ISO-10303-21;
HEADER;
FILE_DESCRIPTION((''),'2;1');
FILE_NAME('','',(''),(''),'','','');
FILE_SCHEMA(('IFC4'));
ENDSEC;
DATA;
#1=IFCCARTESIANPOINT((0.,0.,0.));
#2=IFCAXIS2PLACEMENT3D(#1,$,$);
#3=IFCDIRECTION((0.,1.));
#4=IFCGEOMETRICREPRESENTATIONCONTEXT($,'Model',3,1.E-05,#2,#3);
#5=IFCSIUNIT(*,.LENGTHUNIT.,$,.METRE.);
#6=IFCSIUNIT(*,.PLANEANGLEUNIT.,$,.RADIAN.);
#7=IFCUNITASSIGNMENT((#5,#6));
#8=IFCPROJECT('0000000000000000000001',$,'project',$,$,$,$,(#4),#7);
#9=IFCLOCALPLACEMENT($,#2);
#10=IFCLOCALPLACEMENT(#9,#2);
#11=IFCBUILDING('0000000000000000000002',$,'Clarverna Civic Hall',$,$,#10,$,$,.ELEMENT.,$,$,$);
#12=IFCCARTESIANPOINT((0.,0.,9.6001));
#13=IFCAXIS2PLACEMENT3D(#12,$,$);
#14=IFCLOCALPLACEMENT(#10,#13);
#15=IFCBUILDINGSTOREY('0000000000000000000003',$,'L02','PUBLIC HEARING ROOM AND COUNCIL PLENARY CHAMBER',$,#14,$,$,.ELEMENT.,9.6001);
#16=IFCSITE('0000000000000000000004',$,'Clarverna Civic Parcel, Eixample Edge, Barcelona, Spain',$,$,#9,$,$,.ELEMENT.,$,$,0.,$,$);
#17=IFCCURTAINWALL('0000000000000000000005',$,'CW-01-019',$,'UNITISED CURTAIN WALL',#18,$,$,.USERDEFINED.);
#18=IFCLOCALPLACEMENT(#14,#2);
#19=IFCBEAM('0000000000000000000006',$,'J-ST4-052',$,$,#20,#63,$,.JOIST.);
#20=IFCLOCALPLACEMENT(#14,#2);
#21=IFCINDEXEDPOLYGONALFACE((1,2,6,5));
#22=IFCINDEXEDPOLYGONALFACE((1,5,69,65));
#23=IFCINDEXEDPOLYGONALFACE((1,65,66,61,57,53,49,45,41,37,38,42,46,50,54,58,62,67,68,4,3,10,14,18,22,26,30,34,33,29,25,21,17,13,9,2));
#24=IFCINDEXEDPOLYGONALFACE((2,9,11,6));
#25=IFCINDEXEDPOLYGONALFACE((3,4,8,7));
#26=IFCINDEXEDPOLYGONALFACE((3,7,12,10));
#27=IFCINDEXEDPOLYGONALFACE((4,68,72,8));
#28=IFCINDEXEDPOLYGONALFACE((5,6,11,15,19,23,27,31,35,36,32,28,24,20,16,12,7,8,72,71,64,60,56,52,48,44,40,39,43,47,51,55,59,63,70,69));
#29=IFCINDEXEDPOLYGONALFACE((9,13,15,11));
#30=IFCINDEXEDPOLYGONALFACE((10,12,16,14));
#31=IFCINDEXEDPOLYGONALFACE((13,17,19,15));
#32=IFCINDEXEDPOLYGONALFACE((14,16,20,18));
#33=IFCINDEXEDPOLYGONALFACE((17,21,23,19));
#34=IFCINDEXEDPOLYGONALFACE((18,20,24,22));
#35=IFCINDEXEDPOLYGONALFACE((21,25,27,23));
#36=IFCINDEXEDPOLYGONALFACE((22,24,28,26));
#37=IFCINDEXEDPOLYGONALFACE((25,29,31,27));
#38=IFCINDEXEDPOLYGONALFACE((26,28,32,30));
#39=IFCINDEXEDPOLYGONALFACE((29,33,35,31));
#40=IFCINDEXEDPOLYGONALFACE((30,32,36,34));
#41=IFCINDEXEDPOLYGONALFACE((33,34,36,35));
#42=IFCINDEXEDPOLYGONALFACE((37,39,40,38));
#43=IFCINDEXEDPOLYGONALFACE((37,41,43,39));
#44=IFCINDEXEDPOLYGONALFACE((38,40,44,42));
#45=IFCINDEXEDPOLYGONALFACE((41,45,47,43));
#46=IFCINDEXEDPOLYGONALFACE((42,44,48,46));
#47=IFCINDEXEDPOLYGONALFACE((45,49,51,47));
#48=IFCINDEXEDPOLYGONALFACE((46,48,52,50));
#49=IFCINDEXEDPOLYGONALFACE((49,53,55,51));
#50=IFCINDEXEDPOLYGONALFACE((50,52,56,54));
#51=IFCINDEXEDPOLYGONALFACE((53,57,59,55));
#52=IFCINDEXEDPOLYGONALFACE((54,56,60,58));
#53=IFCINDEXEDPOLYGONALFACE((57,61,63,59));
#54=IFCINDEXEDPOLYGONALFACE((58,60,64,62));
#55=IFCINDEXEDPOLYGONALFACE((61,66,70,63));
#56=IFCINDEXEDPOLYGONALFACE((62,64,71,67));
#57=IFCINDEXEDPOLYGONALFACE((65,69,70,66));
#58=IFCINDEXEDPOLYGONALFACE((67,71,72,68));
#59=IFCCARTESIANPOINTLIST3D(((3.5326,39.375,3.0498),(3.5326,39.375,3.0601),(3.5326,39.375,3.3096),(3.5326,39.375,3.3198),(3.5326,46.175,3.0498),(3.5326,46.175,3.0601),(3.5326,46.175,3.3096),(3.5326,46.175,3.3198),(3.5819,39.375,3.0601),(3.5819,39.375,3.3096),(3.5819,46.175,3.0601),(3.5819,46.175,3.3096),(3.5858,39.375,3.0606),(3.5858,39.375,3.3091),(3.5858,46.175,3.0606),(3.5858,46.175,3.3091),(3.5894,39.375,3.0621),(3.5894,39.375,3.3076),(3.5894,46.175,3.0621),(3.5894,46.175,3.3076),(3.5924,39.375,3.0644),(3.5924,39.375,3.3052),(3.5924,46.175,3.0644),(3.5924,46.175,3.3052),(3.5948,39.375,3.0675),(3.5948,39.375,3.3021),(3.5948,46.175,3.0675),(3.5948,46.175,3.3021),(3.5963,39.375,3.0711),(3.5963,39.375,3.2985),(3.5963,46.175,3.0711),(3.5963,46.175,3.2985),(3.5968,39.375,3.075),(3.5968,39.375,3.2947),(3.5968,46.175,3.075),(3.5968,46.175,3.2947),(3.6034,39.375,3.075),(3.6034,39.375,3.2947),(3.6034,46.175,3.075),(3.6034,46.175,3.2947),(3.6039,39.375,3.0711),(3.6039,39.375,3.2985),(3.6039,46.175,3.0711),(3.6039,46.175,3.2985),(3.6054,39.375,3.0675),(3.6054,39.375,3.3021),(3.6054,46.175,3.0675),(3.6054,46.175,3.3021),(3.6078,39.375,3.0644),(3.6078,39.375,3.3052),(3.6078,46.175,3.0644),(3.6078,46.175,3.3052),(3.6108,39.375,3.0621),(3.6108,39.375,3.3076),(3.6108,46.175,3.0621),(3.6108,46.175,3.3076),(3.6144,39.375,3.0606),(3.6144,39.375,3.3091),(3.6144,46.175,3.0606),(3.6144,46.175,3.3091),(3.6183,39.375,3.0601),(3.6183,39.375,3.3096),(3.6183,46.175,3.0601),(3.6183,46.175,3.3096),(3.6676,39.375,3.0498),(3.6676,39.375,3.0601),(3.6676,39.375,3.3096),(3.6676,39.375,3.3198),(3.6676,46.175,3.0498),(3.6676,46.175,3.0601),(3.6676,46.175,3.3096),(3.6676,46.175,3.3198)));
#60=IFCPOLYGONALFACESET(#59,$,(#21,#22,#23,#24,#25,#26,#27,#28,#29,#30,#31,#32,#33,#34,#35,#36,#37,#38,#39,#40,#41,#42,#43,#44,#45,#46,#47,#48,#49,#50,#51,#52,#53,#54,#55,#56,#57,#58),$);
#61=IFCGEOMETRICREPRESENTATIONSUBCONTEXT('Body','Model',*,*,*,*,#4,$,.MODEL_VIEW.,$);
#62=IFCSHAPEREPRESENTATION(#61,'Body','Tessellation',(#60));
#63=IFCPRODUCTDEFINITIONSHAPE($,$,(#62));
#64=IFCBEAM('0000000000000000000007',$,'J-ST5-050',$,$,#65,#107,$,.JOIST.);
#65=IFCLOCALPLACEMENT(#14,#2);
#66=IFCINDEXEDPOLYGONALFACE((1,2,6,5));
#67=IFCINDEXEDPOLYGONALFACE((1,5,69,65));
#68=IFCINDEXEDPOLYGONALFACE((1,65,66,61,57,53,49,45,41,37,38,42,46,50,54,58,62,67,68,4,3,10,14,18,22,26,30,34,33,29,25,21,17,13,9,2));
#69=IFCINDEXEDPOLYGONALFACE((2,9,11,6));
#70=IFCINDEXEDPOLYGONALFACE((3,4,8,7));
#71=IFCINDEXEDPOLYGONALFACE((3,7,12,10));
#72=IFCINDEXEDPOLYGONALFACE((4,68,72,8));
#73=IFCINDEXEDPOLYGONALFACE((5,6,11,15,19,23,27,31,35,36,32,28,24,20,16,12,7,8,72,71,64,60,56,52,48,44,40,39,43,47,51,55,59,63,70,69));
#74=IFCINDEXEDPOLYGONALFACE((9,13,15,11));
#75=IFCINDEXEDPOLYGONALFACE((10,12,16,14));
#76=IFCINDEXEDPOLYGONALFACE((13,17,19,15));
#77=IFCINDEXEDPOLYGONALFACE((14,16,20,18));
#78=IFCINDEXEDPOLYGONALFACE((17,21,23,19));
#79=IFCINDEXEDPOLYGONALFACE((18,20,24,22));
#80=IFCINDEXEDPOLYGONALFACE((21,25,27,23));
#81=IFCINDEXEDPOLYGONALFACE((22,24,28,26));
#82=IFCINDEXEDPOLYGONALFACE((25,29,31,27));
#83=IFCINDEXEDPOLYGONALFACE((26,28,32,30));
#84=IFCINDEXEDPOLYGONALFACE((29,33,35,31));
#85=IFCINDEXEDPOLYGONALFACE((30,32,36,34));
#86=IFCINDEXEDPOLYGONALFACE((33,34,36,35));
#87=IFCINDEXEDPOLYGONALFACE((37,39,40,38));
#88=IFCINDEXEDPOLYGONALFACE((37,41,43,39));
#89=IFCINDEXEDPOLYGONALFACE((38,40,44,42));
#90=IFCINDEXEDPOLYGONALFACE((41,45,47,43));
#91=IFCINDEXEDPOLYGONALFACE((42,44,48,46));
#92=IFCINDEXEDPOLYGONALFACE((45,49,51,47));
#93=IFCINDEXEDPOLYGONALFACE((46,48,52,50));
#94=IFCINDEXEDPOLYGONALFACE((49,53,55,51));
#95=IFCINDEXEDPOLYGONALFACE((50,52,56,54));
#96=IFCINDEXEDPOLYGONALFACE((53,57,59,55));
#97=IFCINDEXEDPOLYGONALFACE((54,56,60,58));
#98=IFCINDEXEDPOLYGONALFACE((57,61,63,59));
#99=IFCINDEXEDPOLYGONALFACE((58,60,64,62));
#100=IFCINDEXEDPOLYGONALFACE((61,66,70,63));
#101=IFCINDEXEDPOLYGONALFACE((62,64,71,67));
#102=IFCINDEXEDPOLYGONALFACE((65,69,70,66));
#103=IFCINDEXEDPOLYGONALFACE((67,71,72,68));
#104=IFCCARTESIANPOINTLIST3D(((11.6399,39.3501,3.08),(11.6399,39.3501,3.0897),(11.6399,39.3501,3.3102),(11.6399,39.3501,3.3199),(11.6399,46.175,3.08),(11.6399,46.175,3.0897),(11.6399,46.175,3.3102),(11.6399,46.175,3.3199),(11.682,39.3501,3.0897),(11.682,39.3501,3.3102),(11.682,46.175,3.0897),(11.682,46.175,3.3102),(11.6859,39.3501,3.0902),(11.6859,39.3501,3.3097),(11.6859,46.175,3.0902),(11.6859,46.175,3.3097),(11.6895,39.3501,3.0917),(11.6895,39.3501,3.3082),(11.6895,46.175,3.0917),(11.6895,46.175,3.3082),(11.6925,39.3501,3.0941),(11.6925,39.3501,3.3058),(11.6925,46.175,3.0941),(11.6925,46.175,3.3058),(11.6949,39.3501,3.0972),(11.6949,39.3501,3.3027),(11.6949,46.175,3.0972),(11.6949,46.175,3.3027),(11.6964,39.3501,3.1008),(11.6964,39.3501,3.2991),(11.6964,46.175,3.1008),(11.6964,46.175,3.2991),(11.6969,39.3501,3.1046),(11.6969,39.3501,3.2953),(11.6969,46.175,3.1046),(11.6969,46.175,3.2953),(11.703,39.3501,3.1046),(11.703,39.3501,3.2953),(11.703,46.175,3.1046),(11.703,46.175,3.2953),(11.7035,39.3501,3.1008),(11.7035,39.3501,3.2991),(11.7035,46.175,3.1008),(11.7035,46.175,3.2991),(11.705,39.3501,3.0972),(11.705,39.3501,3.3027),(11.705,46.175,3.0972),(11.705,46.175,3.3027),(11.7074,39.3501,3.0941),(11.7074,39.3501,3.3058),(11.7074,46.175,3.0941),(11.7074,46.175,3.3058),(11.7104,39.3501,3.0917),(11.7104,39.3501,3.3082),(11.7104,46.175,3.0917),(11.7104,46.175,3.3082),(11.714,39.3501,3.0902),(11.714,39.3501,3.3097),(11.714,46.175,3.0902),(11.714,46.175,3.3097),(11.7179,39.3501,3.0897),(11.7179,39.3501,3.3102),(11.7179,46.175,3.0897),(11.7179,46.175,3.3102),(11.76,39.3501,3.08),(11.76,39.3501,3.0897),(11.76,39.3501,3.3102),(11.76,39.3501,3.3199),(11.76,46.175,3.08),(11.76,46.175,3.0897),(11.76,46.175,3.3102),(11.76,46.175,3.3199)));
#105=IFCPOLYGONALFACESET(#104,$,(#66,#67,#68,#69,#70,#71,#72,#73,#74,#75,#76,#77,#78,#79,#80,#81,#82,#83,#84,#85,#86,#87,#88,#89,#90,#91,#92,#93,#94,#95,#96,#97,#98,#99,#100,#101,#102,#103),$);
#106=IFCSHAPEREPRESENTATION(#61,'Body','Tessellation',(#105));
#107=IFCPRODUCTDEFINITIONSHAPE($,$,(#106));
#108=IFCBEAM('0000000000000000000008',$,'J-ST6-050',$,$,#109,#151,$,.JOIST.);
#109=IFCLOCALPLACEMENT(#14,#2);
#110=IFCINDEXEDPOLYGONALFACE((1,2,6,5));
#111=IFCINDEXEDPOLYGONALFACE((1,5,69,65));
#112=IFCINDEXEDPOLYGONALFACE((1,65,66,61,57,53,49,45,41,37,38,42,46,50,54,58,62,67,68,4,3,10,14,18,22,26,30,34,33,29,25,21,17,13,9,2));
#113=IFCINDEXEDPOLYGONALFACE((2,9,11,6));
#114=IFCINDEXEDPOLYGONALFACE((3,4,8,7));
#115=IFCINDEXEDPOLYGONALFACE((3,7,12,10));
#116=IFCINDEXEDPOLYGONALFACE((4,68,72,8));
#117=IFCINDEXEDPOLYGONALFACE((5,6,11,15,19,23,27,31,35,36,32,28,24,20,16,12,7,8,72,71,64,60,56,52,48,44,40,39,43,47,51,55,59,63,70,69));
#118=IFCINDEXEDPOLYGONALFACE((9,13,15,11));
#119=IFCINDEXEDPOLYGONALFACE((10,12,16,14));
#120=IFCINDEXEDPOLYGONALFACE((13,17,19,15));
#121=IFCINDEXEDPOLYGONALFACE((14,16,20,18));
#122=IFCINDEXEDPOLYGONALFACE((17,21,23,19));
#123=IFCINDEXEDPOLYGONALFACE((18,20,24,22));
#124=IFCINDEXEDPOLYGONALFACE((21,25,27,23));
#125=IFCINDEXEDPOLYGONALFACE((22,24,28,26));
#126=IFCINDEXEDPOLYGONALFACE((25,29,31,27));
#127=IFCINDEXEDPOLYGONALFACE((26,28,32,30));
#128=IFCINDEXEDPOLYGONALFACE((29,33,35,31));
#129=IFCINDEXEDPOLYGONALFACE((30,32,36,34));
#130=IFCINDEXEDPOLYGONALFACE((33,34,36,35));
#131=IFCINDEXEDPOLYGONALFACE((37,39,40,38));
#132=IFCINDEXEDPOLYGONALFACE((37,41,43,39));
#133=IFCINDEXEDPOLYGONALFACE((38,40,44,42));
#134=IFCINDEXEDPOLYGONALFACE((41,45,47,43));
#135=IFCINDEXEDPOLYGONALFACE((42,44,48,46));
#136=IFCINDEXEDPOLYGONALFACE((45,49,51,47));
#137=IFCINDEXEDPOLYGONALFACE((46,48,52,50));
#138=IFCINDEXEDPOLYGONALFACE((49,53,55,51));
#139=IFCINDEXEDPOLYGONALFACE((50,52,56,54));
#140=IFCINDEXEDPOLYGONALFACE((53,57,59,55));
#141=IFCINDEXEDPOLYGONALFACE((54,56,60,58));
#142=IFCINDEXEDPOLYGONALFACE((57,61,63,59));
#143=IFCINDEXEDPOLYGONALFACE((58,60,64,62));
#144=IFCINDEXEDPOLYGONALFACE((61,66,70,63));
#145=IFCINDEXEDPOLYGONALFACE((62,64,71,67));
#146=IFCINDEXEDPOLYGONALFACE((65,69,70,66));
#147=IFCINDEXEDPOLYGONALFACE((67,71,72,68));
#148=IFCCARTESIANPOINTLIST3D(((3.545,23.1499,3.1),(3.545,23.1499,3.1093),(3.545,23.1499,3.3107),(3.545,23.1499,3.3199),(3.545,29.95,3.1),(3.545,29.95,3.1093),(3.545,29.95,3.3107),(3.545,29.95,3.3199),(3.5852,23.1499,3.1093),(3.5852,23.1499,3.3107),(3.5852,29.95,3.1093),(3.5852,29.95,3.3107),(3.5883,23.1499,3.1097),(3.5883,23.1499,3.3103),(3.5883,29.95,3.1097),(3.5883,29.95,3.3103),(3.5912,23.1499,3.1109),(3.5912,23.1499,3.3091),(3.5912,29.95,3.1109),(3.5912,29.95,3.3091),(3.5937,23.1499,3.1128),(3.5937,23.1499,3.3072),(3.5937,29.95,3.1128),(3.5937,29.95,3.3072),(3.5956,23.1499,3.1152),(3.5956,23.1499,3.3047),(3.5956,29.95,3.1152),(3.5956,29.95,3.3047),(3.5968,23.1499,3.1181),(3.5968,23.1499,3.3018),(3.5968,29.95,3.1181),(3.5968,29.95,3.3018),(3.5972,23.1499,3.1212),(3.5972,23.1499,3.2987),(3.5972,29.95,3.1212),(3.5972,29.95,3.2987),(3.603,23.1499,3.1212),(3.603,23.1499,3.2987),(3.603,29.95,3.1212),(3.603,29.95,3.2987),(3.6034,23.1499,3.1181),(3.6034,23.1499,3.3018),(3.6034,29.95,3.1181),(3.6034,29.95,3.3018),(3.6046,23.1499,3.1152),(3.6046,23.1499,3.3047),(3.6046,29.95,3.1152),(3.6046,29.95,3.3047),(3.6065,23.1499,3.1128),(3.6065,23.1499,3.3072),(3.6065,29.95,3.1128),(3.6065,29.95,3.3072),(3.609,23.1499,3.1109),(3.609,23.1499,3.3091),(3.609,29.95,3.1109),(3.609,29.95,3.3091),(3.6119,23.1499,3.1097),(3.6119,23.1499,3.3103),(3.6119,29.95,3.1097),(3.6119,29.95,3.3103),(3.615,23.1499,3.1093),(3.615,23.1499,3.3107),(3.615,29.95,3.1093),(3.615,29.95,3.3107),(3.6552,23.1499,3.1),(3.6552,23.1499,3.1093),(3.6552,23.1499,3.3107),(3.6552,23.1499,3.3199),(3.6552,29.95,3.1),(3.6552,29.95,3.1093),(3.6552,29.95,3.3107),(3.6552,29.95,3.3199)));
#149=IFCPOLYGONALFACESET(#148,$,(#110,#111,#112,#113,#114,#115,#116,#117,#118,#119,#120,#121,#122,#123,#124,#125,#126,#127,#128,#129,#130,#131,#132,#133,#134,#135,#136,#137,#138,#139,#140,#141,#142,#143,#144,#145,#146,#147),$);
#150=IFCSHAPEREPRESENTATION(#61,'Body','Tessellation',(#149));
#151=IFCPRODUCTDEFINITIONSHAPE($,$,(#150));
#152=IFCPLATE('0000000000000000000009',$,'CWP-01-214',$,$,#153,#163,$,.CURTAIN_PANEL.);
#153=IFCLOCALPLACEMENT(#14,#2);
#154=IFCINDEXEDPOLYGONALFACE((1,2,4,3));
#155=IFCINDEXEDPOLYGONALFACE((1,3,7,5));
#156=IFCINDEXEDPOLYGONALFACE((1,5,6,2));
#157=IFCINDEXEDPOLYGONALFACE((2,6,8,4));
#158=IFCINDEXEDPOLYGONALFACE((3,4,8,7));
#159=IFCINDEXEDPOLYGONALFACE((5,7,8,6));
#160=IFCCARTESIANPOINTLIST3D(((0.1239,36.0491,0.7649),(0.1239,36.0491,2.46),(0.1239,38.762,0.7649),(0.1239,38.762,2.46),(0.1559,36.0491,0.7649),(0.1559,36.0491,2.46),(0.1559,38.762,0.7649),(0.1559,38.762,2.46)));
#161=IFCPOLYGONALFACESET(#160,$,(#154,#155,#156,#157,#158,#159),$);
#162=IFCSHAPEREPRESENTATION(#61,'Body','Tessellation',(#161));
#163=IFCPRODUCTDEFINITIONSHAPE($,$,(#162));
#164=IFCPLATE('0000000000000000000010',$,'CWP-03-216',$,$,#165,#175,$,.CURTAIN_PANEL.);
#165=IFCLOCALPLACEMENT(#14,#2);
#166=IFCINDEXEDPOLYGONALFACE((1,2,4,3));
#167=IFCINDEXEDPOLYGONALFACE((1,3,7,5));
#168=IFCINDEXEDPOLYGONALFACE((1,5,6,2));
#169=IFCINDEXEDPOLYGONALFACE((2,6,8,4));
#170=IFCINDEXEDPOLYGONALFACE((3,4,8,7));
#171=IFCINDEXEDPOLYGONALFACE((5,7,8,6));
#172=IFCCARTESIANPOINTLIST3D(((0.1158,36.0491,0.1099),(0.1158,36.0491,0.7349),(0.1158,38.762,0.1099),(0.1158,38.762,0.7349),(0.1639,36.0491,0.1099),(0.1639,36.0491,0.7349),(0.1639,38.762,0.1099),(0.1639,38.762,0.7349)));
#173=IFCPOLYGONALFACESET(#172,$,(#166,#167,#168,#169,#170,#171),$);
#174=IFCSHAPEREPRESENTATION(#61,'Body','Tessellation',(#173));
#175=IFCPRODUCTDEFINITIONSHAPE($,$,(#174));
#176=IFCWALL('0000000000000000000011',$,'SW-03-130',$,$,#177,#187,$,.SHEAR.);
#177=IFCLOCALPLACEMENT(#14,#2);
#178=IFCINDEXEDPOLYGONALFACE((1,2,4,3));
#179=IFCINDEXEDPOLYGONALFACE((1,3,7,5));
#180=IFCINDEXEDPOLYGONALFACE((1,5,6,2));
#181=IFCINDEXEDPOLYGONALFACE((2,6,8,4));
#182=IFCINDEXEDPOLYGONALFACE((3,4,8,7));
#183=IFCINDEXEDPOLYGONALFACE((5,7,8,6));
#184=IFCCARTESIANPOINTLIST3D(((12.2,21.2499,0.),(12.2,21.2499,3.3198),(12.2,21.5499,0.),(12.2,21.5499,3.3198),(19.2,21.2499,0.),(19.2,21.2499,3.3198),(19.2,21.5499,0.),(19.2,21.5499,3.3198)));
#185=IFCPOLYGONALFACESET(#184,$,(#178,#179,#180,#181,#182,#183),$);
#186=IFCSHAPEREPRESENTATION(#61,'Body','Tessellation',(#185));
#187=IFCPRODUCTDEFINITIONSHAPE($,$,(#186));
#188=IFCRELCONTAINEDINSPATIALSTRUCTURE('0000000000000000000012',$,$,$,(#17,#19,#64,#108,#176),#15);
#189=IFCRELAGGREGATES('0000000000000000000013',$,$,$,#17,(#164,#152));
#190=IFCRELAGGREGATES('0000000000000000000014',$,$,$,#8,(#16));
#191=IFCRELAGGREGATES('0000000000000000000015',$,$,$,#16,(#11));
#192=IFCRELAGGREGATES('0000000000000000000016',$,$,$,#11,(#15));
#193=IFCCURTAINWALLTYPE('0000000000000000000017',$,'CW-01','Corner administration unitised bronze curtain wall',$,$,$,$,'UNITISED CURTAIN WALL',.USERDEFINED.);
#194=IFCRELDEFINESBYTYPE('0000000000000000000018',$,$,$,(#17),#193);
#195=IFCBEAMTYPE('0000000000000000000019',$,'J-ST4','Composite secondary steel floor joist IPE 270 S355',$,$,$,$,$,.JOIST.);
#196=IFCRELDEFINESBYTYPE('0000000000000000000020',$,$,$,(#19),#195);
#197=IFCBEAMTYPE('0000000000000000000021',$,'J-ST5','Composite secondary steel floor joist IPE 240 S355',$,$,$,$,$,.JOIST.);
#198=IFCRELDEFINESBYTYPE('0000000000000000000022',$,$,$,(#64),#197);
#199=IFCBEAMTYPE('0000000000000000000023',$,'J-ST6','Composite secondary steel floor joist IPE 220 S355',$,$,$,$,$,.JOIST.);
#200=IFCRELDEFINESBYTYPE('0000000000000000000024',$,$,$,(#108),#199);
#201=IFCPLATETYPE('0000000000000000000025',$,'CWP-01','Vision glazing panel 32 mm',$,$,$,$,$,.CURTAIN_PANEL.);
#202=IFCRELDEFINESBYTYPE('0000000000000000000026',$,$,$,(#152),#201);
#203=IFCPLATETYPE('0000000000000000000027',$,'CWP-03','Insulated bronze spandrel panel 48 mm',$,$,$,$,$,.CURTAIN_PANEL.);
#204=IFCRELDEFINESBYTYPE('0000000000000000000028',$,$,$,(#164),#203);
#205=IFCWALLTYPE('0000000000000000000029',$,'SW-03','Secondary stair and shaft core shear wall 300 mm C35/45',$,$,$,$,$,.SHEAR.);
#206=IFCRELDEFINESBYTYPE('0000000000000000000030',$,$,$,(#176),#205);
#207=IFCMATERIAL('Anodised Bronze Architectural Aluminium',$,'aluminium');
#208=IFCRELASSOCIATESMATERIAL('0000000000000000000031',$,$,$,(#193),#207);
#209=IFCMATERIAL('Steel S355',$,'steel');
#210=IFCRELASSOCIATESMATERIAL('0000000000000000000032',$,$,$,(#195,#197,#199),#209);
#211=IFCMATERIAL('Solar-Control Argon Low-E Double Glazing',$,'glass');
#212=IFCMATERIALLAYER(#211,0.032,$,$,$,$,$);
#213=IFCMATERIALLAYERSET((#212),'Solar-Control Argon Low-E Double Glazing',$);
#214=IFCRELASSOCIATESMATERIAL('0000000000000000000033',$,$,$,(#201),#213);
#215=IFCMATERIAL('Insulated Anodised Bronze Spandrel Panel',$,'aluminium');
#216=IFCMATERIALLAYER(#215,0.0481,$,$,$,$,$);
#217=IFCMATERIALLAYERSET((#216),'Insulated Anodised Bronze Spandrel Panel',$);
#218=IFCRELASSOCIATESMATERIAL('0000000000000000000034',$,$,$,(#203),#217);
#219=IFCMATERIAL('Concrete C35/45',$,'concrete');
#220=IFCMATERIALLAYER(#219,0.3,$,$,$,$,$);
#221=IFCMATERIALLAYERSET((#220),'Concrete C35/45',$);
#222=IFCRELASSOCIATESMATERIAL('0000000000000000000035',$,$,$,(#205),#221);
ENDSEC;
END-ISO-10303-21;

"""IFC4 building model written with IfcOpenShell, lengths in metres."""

from ifc_helpers import new_model, si_unit, direction, frame, frame_2d, origin, origin_2d, place, context, subcontext, project, spatial, rectangle, i_section, extrude, material, layer, layer_set, material_profile, profile_set, type_object, element, aggregate, save


model = new_model("IFC4")

# Units and contexts
model_context = context("Model", 3, precision=1e-05, world=origin(), true_north=direction((0.0, 1.0)))
body_context = subcontext(model_context, "Body", "Model", "MODEL_VIEW")
ifc_project = project(units=[si_unit("LENGTHUNIT", "METRE"), si_unit("PLANEANGLEUNIT", "RADIAN")], contexts=[model_context])

# Site, building, storey
site_placement = place(None, origin())
site = spatial("IfcSite", under=ifc_project, at=site_placement, Name="Clarverna Civic Parcel, Eixample Edge, Barcelona, Spain", CompositionType="ELEMENT", RefElevation=0.0)
building_placement = place(site_placement, origin())
building = spatial("IfcBuilding", under=site, at=building_placement, Name="Clarverna Civic Hall", CompositionType="ELEMENT")
storey_placement = place(building_placement, frame((0.0, 0.0, 9.6001)))
storey = spatial("IfcBuildingStorey", under=building, at=storey_placement, Name="L02", Description="PUBLIC HEARING ROOM AND COUNCIL PLENARY CHAMBER", CompositionType="ELEMENT", Elevation=9.6001)

# Shared definitions
ifc_material_1 = material(Name="Concrete C35/45", Category="concrete")

# Shared definitions
ifc_material_2 = material(Name="Steel S355", Category="steel")

# Curtain wall
ifc_material_3 = material(Name="Anodised Bronze Architectural Aluminium", Category="aluminium")
curtain_wall_type = type_object("IfcCurtainWallType", Name="CW-01", Description="Corner administration unitised bronze curtain wall", ElementType="UNITISED CURTAIN WALL", PredefinedType="USERDEFINED", material=ifc_material_3)
curtain_wall_1_placement = place(storey_placement, origin())
curtain_wall_1 = element("IfcCurtainWall", 1, at=curtain_wall_1_placement, inside=storey, type_object=curtain_wall_type, Name="CW-01-019", ObjectType="UNITISED CURTAIN WALL", PredefinedType="USERDEFINED")

# Beams
ifc_material_profile_1 = material_profile(ifc_material_2, i_section(OverallWidth=0.135, OverallDepth=0.27, WebThickness=0.0066, FlangeThickness=0.0103, FilletRadius=0.0149, at=origin_2d()), Name="IPE 270")
ifc_profile_set_1 = profile_set([ifc_material_profile_1], Name="Steel S355")
beam_type_1 = type_object("IfcBeamType", Name="J-ST4", Description="Composite secondary steel floor joist IPE 270 S355", PredefinedType="JOIST", material=ifc_profile_set_1)
beam_1_placement = place(storey_placement, frame((3.6001, 39.375, 3.1848), z_axis=(0.0, 1.0, 0.0), x_axis=(-1.0, 0.0, 0.0)))
element("IfcBeam", 2, at=beam_1_placement, inside=storey, type_object=beam_type_1, Name="J-ST4-052", PredefinedType="JOIST", context=body_context, shape_type="SweptSolid", body=[
    extrude(i_section(OverallWidth=0.135, OverallDepth=0.27, WebThickness=0.0066, FlangeThickness=0.0103, FilletRadius=0.0149, at=origin_2d()), origin(), (0.0, 0.0, 1.0), 6.8),
])
ifc_material_profile_2 = material_profile(ifc_material_2, i_section(OverallWidth=0.1201, OverallDepth=0.24, WebThickness=0.0061, FlangeThickness=0.0098, FilletRadius=0.0149, at=origin_2d()), Name="IPE 240")
ifc_profile_set_2 = profile_set([ifc_material_profile_2], Name="Steel S355")
beam_type_2 = type_object("IfcBeamType", Name="J-ST5", Description="Composite secondary steel floor joist IPE 240 S355", PredefinedType="JOIST", material=ifc_profile_set_2)
beam_2_placement = place(storey_placement, frame((11.7, 39.3501, 3.2), z_axis=(0.0, 1.0, 0.0), x_axis=(-1.0, 0.0, 0.0)))
element("IfcBeam", 3, at=beam_2_placement, inside=storey, type_object=beam_type_2, Name="J-ST5-050", PredefinedType="JOIST", context=body_context, shape_type="SweptSolid", body=[
    extrude(i_section(OverallWidth=0.1201, OverallDepth=0.24, WebThickness=0.0061, FlangeThickness=0.0098, FilletRadius=0.0149, at=origin_2d()), origin(), (0.0, 0.0, 1.0), 6.825),
])
ifc_material_profile_3 = material_profile(ifc_material_2, i_section(OverallWidth=0.1101, OverallDepth=0.22, WebThickness=0.0059, FlangeThickness=0.0093, FilletRadius=0.012, at=origin_2d()), Name="IPE 220")
ifc_profile_set_3 = profile_set([ifc_material_profile_3], Name="Steel S355")
beam_type_3 = type_object("IfcBeamType", Name="J-ST6", Description="Composite secondary steel floor joist IPE 220 S355", PredefinedType="JOIST", material=ifc_profile_set_3)
beam_3_placement = place(storey_placement, frame((3.6001, 23.1499, 3.21), z_axis=(0.0, 1.0, 0.0), x_axis=(-1.0, 0.0, 0.0)))
element("IfcBeam", 4, at=beam_3_placement, inside=storey, type_object=beam_type_3, Name="J-ST6-050", PredefinedType="JOIST", context=body_context, shape_type="SweptSolid", body=[
    extrude(i_section(OverallWidth=0.1101, OverallDepth=0.22, WebThickness=0.0059, FlangeThickness=0.0093, FilletRadius=0.012, at=origin_2d()), origin(), (0.0, 0.0, 1.0), 6.8),
])

# Plates
ifc_material_4 = material(Name="Solar-Control Argon Low-E Double Glazing", Category="glass")
ifc_layer_1 = layer(ifc_material_4, 0.032)
ifc_layer_set_1 = layer_set([ifc_layer_1], Name="Solar-Control Argon Low-E Double Glazing")
plate_type_1 = type_object("IfcPlateType", Name="CWP-01", Description="Vision glazing panel 32 mm", PredefinedType="CURTAIN_PANEL", material=ifc_layer_set_1)
plate_1_placement = place(storey_placement, frame((0.1399, 36.0491, 0.7649), z_axis=(0.0, 0.0, 1.0), x_axis=(0.0, 1.0, 0.0)))
plate_1 = element("IfcPlate", 5, at=plate_1_placement, type_object=plate_type_1, Name="CWP-01-214", PredefinedType="CURTAIN_PANEL", context=body_context, shape_type="SweptSolid", body=[
    extrude(rectangle(XDim=2.7129, YDim=0.032, at=frame_2d((1.3564, 0.0))), origin(), (0.0, 0.0, 1.0), 1.6951),
])
ifc_material_5 = material(Name="Insulated Anodised Bronze Spandrel Panel", Category="aluminium")
ifc_layer_2 = layer(ifc_material_5, 0.0481)
ifc_layer_set_2 = layer_set([ifc_layer_2], Name="Insulated Anodised Bronze Spandrel Panel")
plate_type_2 = type_object("IfcPlateType", Name="CWP-03", Description="Insulated bronze spandrel panel 48 mm", PredefinedType="CURTAIN_PANEL", material=ifc_layer_set_2)
plate_2_placement = place(storey_placement, frame((0.1399, 36.0491, 0.1099), z_axis=(0.0, 0.0, 1.0), x_axis=(0.0, 1.0, 0.0)))
plate_2 = element("IfcPlate", 6, at=plate_2_placement, type_object=plate_type_2, Name="CWP-03-216", PredefinedType="CURTAIN_PANEL", context=body_context, shape_type="SweptSolid", body=[
    extrude(rectangle(XDim=2.7129, YDim=0.0481, at=frame_2d((1.3564, 0.0))), origin(), (0.0, 0.0, 1.0), 0.625),
])
aggregate(curtain_wall_1, [plate_2, plate_1])

# Wall
ifc_layer_3 = layer(ifc_material_1, 0.3)
ifc_layer_set_3 = layer_set([ifc_layer_3], Name="Concrete C35/45")
wall_type = type_object("IfcWallType", Name="SW-03", Description="Secondary stair and shaft core shear wall 300 mm C35/45", PredefinedType="SHEAR", material=ifc_layer_set_3)
wall_1_placement = place(storey_placement, frame((12.2, 21.3999, 0.0), z_axis=(0.0, 0.0, 1.0), x_axis=(1.0, 0.0, 0.0)))
element("IfcWall", 7, at=wall_1_placement, inside=storey, type_object=wall_type, Name="SW-03-130", PredefinedType="SHEAR", context=body_context, shape_type="SweptSolid", body=[
    extrude(rectangle(XDim=7.0, YDim=0.3, at=frame_2d((3.5, 0.0))), origin(), (0.0, 0.0, 1.0), 3.3198),
])

save(model, "model.ifc")
